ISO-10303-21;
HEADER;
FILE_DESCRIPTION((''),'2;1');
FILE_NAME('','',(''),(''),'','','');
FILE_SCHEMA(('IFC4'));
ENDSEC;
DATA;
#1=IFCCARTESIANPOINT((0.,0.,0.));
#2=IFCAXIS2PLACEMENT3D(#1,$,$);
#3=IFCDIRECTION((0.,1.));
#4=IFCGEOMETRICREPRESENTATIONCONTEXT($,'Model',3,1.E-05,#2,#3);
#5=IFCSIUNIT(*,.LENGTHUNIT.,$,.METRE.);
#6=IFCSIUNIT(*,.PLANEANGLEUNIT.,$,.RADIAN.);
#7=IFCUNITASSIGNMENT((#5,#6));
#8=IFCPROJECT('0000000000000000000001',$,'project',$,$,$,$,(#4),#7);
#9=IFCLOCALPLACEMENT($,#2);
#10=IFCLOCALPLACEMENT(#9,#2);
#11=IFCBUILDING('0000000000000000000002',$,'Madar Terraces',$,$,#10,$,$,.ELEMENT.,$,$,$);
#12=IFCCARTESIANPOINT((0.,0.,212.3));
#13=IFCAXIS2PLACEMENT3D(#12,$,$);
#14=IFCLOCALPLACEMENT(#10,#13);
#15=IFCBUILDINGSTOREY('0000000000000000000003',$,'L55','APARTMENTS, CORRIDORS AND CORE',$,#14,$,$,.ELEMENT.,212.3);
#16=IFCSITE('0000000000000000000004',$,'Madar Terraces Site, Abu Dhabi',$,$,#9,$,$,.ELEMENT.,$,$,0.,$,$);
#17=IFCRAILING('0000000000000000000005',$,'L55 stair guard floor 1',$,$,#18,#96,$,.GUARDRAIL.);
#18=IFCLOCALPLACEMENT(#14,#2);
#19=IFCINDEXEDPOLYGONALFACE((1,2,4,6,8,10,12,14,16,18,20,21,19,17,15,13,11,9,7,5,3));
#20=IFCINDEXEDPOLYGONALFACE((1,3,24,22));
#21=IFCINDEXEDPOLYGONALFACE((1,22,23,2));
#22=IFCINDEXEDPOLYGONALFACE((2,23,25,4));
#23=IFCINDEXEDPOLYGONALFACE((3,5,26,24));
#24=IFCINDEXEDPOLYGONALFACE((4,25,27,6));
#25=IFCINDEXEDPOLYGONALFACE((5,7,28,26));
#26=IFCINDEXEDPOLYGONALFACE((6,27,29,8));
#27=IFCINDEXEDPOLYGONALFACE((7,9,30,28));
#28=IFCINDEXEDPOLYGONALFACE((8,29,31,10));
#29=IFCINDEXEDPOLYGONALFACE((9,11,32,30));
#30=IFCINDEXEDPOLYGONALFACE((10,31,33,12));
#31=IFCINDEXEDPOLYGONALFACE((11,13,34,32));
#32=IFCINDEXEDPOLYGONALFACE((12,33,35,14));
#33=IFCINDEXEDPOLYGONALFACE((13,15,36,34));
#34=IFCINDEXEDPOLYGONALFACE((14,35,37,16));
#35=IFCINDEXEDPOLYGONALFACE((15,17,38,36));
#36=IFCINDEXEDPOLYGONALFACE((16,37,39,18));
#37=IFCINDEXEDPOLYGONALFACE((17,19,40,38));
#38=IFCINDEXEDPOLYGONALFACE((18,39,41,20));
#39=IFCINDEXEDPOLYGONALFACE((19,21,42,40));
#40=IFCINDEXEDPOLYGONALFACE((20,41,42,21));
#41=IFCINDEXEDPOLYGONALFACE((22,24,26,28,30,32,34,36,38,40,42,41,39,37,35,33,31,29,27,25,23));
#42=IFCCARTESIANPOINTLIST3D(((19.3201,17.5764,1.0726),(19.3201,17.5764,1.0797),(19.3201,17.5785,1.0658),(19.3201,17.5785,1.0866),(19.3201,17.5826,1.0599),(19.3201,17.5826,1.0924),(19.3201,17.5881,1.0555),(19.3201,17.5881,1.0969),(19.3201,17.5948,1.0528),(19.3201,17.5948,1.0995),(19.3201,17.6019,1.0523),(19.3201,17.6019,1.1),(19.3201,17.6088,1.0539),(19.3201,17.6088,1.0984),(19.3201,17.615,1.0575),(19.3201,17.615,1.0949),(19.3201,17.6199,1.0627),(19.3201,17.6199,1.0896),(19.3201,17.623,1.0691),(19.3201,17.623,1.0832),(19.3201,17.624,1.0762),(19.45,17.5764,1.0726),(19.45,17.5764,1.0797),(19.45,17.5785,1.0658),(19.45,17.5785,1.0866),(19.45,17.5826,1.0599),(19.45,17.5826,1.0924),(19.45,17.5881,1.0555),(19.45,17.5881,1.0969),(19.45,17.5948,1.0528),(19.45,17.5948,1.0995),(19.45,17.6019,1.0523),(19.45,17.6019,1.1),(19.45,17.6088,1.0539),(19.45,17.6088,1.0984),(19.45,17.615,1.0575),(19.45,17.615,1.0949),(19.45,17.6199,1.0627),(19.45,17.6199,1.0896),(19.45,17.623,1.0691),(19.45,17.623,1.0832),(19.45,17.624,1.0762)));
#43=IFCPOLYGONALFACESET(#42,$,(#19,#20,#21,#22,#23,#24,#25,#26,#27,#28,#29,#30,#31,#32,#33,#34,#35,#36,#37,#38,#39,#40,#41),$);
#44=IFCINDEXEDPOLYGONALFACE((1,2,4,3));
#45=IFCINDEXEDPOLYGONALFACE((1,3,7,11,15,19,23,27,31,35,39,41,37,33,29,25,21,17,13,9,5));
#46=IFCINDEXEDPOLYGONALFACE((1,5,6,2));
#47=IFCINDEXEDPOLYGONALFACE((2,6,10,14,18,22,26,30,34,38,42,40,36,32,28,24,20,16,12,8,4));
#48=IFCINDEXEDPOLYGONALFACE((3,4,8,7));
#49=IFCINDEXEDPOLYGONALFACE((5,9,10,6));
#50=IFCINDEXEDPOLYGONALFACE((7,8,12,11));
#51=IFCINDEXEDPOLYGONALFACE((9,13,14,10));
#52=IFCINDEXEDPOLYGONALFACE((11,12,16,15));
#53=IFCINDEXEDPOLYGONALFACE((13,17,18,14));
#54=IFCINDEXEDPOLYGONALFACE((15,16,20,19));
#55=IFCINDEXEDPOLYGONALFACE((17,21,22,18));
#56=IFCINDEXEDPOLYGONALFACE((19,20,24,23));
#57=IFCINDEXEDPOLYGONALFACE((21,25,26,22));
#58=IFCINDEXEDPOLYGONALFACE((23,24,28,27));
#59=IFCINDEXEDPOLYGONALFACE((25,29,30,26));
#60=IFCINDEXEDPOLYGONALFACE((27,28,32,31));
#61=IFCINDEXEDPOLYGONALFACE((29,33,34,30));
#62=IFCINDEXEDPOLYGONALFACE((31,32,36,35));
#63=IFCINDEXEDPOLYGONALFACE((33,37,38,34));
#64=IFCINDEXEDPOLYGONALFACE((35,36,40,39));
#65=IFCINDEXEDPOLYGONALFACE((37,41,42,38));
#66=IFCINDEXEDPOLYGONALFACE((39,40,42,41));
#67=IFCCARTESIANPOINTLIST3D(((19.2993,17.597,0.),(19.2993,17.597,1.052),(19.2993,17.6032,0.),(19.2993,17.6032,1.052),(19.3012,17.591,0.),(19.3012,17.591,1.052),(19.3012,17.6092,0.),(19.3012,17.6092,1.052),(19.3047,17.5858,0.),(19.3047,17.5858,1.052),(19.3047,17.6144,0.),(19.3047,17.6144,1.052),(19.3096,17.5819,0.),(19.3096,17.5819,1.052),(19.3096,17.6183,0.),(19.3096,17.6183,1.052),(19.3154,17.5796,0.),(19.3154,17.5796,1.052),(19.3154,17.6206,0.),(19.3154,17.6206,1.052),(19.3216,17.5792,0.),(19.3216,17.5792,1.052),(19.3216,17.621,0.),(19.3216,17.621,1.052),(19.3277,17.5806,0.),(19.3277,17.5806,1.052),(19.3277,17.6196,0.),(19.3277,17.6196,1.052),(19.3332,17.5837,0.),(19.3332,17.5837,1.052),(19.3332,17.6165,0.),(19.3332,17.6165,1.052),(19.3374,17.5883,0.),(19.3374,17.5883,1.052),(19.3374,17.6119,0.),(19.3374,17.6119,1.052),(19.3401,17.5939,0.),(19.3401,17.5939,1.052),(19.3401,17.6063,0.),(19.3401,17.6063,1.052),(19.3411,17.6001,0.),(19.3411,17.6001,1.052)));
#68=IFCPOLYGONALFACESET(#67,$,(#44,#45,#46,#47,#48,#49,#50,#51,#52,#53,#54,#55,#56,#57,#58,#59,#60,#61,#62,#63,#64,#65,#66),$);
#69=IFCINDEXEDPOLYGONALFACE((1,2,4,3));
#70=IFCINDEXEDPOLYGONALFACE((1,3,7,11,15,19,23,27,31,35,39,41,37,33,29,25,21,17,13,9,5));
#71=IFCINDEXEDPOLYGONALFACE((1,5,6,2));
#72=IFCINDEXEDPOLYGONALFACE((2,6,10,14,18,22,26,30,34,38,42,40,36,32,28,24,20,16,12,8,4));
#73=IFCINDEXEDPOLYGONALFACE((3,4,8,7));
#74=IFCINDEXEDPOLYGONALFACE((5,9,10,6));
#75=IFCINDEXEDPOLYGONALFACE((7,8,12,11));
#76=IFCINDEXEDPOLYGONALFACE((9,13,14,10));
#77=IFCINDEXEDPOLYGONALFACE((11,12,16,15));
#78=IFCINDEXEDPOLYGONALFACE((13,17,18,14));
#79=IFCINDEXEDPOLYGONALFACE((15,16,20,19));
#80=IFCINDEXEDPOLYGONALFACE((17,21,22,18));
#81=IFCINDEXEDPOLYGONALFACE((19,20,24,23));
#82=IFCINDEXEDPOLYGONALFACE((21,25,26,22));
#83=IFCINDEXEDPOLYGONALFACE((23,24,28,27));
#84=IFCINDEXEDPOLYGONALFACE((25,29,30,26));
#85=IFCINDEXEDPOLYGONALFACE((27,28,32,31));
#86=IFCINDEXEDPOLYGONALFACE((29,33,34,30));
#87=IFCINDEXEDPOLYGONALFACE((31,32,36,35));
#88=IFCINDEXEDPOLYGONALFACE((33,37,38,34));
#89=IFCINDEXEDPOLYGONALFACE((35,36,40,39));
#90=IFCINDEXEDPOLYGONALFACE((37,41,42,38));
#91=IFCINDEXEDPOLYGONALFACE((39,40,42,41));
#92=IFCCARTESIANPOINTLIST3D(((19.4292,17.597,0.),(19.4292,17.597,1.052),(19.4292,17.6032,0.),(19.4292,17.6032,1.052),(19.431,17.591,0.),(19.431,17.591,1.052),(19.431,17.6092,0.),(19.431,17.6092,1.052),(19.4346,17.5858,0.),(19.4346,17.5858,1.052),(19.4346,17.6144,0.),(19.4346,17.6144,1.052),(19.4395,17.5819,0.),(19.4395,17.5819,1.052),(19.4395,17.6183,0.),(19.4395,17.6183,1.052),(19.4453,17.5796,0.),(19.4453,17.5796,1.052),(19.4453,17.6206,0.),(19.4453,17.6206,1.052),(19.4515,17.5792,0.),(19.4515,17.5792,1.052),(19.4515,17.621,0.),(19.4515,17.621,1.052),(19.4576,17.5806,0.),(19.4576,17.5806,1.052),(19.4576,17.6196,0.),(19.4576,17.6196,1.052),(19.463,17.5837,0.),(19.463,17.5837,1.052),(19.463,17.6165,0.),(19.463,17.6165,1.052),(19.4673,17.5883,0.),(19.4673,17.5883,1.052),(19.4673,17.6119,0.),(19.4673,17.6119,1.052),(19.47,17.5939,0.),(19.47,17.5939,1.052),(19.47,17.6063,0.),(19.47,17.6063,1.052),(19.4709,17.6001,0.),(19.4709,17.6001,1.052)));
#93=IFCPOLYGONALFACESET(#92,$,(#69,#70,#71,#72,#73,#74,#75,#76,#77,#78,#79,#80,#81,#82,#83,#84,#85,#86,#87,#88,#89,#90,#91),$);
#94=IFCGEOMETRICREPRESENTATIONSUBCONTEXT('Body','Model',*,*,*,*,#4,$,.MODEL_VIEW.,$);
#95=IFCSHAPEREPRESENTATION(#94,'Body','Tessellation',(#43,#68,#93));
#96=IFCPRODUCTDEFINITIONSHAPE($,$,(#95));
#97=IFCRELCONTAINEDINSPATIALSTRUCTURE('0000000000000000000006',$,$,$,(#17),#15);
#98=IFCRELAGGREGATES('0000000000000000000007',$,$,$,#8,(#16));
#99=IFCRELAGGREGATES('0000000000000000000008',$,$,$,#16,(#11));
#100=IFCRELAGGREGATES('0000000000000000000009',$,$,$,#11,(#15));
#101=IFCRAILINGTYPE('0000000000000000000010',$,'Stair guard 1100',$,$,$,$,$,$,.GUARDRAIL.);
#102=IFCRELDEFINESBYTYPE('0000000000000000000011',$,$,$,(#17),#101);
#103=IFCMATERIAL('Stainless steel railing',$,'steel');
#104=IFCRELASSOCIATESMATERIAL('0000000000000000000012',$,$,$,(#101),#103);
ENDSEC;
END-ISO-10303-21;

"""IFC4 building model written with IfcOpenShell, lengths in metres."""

from ifc_helpers import new_model, si_unit, direction, frame, origin, origin_2d, place, context, subcontext, project, spatial, circle, extrude, material, type_object, element, save


model = new_model("IFC4")

# Units and contexts
model_context = context("Model", 3, precision=1e-05, world=origin(), true_north=direction((0.0, 1.0)))
body_context = subcontext(model_context, "Body", "Model", "MODEL_VIEW")
ifc_project = project(units=[si_unit("LENGTHUNIT", "METRE"), si_unit("PLANEANGLEUNIT", "RADIAN")], contexts=[model_context])

# Site, building, storey
site_placement = place(None, origin())
site = spatial("IfcSite", under=ifc_project, at=site_placement, Name="Madar Terraces Site, Abu Dhabi", CompositionType="ELEMENT", RefElevation=0.0)
building_placement = place(site_placement, origin())
building = spatial("IfcBuilding", under=site, at=building_placement, Name="Madar Terraces", CompositionType="ELEMENT")
storey_placement = place(building_placement, frame((0.0, 0.0, 212.3)))
storey = spatial("IfcBuildingStorey", under=building, at=storey_placement, Name="L55", Description="APARTMENTS, CORRIDORS AND CORE", CompositionType="ELEMENT", Elevation=212.3)

# Railing
ifc_material_1 = material(Name="Stainless steel railing", Category="steel")
railing_type_1 = type_object("IfcRailingType", Name="Stair guard 1100", PredefinedType="GUARDRAIL", material=ifc_material_1)
for number, where, name in (
    (1, (19.3201, 17.6001, 0.0), "L55 stair guard floor 1"),
):
    element("IfcRailing", number, at=place(storey_placement, frame(where)), inside=storey, type_object=railing_type_1, Name=name, PredefinedType="GUARDRAIL", context=body_context, shape_type="SweptSolid", body=[
        extrude(circle(Radius=0.0239, at=origin_2d()), frame((0.0, 0.0, 1.0762), z_axis=(1.0, 0.0, 0.0), x_axis=(0.0, 1.0, 0.0)), (0.0, 0.0, 1.0), 0.1299),
        extrude(circle(Radius=0.021, at=origin_2d()), origin(), (0.0, 0.0, 1.0), 1.052),
        extrude(circle(Radius=0.021, at=origin_2d()), frame((0.1299, 0.0, 0.0)), (0.0, 0.0, 1.0), 1.052),
    ])

save(model, "model.ifc")
